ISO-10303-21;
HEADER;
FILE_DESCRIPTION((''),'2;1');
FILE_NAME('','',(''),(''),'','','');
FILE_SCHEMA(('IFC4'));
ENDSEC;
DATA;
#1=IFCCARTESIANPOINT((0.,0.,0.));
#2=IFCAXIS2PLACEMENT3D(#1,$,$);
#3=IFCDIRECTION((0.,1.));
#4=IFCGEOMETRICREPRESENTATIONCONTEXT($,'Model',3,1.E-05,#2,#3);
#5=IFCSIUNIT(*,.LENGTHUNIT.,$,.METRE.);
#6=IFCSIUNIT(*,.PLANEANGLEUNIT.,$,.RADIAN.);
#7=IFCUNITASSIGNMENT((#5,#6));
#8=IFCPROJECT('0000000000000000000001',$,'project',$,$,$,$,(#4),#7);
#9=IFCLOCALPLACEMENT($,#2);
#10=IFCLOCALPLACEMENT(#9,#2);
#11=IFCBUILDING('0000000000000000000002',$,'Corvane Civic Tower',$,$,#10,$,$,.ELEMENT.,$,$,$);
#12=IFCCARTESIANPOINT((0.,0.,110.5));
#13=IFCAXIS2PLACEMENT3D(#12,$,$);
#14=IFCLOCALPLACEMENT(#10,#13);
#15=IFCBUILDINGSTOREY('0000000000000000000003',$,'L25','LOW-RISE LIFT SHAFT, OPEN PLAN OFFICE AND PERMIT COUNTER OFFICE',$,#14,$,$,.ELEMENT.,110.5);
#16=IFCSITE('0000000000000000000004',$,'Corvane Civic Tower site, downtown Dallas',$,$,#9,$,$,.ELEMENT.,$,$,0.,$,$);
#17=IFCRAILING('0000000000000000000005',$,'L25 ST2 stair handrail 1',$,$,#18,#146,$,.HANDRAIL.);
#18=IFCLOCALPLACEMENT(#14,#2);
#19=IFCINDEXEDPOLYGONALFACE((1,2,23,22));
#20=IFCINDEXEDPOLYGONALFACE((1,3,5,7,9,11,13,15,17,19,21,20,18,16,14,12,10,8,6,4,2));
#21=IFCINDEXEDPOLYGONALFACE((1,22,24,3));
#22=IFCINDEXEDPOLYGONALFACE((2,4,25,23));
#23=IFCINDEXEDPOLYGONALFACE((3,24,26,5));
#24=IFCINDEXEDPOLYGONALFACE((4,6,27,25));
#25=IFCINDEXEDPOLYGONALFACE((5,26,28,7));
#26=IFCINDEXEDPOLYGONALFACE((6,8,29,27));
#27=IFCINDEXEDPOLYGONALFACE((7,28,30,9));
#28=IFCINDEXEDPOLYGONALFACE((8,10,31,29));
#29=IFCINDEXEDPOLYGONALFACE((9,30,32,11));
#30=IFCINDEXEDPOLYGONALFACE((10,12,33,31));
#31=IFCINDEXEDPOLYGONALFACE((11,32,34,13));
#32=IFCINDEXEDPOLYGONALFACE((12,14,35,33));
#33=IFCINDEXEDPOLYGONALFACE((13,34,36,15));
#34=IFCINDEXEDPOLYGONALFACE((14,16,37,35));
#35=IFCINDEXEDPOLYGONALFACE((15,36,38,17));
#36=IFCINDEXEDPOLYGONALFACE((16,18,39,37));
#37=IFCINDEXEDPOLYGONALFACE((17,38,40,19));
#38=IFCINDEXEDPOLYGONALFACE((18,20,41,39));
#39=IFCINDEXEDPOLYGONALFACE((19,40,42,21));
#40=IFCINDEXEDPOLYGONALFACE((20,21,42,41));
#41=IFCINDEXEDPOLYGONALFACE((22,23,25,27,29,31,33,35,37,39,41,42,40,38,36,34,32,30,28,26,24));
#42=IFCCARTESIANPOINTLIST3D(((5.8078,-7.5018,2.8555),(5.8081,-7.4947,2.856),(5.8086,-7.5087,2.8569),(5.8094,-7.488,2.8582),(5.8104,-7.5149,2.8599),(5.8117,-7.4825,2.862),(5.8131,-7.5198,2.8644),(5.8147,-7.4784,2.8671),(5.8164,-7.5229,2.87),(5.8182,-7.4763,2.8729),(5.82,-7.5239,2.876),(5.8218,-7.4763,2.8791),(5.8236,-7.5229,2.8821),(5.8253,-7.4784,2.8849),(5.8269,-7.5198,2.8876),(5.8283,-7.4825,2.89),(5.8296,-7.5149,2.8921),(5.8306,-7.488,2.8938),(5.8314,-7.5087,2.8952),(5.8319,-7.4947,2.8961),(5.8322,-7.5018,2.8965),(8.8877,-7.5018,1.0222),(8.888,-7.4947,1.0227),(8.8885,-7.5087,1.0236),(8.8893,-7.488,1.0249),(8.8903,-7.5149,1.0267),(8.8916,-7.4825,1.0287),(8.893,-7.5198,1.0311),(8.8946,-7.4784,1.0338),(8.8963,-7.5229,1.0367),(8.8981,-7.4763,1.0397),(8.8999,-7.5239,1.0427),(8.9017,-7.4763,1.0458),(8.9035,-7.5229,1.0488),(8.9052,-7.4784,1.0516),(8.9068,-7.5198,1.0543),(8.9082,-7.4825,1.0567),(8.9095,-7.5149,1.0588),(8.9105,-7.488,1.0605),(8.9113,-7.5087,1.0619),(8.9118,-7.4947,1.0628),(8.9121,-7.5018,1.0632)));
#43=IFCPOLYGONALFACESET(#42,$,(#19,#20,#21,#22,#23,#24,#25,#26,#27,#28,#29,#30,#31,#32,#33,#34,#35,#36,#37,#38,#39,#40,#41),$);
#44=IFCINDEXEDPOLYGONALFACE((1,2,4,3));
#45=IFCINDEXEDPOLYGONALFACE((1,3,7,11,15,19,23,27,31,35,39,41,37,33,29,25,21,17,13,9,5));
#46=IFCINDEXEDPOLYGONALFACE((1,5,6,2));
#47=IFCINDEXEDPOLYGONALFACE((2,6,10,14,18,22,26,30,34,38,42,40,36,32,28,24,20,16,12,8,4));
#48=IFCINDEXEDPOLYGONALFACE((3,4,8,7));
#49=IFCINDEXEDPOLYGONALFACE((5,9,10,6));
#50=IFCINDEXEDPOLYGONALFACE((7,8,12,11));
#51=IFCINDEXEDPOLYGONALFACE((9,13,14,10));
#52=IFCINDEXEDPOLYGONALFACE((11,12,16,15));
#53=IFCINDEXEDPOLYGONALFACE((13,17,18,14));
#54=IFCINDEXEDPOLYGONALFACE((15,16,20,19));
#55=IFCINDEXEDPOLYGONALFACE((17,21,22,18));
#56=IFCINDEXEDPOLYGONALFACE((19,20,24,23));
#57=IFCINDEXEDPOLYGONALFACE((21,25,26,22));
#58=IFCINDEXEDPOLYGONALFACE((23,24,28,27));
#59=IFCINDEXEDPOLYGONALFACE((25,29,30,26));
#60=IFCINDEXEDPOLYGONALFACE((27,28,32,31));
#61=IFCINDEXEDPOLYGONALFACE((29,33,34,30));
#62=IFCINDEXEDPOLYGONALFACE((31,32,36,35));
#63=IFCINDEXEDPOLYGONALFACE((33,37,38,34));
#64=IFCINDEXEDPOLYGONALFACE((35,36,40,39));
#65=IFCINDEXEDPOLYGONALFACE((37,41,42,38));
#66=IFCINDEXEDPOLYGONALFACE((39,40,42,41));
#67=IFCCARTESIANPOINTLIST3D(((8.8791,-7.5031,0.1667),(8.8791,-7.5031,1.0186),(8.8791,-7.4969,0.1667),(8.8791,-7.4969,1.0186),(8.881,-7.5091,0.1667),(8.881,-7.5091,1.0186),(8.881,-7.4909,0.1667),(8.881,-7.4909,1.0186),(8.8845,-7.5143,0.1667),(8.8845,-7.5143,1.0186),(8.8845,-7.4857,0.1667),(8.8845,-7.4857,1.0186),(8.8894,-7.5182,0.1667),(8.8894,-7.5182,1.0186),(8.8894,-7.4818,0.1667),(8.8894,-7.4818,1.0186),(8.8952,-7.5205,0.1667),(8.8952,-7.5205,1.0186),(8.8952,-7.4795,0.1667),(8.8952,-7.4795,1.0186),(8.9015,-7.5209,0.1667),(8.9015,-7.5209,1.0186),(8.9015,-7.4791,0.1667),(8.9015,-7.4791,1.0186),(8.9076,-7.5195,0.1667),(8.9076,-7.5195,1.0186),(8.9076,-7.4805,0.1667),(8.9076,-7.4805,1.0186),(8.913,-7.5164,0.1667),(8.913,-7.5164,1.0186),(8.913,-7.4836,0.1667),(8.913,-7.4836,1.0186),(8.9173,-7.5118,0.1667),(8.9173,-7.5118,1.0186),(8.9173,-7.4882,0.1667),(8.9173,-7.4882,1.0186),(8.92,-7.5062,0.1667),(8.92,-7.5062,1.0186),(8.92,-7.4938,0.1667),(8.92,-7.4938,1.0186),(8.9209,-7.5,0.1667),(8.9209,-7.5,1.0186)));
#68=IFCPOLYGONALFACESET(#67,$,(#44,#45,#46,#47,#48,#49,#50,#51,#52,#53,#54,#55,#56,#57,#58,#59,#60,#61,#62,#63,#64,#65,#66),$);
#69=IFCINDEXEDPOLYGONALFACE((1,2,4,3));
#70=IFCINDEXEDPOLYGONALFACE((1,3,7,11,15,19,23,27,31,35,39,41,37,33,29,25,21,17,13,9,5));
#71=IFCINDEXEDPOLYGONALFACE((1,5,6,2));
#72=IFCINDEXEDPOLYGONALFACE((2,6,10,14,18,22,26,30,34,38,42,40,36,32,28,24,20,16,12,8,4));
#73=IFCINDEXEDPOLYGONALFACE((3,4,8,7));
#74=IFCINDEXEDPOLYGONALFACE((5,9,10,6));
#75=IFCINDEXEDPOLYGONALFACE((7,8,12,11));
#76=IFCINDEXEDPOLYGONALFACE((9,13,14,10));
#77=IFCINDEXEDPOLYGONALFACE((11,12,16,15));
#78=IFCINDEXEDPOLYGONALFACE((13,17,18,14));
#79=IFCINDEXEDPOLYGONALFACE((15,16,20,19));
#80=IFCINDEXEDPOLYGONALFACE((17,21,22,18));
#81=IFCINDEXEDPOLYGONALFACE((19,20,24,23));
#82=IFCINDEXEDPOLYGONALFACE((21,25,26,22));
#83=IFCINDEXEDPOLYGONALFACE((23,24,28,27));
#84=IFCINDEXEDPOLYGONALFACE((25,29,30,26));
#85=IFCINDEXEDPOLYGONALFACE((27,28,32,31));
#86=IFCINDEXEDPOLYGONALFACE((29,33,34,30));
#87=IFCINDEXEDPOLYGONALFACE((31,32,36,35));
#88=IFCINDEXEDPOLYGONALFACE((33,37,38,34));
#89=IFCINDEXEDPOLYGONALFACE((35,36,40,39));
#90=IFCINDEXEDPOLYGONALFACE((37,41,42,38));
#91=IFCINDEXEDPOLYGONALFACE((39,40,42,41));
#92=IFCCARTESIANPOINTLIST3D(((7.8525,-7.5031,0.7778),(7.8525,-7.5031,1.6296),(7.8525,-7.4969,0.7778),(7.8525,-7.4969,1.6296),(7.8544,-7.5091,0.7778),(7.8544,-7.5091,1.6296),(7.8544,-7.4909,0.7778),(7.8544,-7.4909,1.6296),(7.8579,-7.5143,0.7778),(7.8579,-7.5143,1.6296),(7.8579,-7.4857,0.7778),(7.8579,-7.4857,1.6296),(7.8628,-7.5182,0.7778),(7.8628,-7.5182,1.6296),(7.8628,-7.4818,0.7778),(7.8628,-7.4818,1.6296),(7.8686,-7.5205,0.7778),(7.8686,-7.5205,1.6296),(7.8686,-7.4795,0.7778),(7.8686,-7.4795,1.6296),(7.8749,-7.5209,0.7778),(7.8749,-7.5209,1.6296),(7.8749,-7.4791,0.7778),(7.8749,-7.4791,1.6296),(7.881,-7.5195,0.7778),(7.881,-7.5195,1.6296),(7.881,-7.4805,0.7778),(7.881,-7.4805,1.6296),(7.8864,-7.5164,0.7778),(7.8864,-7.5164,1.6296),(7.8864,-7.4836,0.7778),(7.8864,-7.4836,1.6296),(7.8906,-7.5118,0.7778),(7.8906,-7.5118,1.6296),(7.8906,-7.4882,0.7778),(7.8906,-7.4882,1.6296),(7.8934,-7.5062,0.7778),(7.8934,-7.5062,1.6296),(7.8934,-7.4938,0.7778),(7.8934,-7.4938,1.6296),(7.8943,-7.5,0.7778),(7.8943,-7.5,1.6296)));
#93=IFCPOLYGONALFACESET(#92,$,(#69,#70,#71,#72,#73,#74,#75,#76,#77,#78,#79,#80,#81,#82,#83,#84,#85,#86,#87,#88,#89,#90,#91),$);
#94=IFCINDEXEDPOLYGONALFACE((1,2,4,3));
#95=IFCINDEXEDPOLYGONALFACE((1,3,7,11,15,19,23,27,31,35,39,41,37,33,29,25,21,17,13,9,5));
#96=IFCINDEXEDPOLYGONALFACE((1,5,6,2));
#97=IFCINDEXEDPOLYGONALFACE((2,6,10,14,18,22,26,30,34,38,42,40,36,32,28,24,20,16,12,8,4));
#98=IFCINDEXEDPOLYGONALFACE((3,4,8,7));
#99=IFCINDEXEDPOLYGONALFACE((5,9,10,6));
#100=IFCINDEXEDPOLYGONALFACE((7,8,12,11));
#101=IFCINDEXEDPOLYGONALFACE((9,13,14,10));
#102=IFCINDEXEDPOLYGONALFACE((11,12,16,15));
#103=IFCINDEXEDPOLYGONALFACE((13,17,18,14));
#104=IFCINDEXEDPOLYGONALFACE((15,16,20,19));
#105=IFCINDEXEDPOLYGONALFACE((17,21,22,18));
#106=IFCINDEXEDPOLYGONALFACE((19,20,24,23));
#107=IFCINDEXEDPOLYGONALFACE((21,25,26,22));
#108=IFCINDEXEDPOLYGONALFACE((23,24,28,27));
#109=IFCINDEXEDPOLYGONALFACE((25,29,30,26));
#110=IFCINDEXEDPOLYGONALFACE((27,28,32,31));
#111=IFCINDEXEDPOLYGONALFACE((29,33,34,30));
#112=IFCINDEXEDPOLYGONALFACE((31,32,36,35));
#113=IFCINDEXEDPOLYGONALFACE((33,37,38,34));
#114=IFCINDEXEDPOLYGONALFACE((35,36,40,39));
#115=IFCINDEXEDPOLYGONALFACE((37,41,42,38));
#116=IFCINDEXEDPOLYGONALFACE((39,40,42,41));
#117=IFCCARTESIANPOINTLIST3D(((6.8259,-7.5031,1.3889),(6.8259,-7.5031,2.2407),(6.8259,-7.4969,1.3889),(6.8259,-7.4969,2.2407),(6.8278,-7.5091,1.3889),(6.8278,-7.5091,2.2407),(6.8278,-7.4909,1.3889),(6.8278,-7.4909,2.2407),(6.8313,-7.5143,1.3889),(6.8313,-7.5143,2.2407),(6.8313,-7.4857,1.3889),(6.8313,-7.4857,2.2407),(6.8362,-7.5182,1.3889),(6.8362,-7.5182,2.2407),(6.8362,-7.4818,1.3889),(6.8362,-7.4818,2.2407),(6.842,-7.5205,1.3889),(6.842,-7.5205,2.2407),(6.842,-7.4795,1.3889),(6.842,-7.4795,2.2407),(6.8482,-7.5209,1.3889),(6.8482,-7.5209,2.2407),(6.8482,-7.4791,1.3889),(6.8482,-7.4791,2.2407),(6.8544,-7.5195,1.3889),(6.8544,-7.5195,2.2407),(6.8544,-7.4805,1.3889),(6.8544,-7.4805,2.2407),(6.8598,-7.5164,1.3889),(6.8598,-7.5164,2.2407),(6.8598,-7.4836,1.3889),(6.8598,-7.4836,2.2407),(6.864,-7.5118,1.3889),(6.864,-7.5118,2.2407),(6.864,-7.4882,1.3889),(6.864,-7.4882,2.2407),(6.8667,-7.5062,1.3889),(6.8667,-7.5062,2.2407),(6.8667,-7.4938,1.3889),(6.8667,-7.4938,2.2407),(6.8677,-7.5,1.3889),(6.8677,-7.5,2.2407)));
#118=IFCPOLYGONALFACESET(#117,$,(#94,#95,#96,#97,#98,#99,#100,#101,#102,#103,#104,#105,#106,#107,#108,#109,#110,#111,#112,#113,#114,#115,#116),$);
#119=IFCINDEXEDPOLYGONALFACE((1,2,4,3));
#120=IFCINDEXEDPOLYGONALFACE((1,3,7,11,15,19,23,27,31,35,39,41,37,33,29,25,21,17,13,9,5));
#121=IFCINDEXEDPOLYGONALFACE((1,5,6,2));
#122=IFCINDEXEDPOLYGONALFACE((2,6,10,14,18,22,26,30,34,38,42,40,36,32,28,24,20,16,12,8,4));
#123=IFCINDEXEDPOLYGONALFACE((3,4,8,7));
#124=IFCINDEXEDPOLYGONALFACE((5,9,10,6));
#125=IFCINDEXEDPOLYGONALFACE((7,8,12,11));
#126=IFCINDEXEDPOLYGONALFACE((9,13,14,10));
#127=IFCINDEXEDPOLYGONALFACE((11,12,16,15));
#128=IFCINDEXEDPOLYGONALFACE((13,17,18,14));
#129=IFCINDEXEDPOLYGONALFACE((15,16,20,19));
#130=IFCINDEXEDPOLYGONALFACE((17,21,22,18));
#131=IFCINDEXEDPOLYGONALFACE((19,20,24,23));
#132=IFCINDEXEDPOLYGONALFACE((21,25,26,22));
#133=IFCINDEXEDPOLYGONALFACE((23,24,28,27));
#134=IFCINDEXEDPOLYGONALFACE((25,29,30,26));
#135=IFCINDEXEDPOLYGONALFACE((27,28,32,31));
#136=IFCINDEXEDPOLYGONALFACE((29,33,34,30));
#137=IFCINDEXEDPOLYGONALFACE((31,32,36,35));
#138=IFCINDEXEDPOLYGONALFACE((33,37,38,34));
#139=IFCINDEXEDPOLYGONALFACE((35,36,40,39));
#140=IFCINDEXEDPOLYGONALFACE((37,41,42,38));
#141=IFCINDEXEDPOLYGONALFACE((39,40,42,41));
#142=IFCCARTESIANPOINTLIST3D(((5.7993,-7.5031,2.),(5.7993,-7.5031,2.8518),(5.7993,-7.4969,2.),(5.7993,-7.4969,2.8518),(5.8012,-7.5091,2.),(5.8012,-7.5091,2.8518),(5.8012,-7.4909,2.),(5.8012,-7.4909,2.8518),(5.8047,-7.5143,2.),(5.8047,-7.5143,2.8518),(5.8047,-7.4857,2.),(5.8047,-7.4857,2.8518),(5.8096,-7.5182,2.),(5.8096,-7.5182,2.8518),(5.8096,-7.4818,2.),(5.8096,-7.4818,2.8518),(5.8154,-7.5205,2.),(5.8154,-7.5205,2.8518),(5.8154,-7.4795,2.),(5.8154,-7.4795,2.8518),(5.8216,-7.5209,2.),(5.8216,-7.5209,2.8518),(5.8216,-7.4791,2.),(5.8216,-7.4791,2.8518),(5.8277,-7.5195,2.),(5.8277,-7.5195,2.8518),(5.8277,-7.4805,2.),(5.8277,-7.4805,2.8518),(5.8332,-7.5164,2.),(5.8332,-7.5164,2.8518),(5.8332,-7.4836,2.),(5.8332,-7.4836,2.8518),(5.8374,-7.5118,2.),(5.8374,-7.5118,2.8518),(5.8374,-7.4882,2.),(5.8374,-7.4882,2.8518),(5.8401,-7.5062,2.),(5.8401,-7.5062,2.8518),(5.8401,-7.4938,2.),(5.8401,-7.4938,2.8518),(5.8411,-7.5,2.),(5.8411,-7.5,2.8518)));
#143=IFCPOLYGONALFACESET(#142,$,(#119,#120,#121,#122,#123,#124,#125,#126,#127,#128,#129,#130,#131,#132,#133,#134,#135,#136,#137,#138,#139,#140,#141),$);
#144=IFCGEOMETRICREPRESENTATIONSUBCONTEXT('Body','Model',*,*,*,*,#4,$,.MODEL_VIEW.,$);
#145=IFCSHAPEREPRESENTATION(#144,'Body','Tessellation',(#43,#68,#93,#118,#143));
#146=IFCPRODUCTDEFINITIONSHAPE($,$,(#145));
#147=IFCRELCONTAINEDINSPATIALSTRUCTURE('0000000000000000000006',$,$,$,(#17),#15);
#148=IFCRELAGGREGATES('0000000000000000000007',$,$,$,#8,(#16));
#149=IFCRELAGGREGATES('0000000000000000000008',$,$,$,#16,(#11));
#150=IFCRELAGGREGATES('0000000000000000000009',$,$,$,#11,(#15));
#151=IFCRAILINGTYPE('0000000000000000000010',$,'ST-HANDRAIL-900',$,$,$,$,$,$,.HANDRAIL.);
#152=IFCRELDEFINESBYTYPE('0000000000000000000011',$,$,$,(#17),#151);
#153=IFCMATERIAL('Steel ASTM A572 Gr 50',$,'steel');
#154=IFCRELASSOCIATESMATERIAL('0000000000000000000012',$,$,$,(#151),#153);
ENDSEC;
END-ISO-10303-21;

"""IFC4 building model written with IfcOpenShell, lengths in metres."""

from ifc_helpers import new_model, si_unit, direction, frame, origin, origin_2d, place, context, subcontext, project, spatial, circle, extrude, material, type_object, element, save


model = new_model("IFC4")

# Units and contexts
model_context = context("Model", 3, precision=1e-05, world=origin(), true_north=direction((0.0, 1.0)))
body_context = subcontext(model_context, "Body", "Model", "MODEL_VIEW")
ifc_project = project(units=[si_unit("LENGTHUNIT", "METRE"), si_unit("PLANEANGLEUNIT", "RADIAN")], contexts=[model_context])

# Site, building, storey
site_placement = place(None, origin())
site = spatial("IfcSite", under=ifc_project, at=site_placement, Name="Corvane Civic Tower site, downtown Dallas", CompositionType="ELEMENT", RefElevation=0.0)
building_placement = place(site_placement, origin())
building = spatial("IfcBuilding", under=site, at=building_placement, Name="Corvane Civic Tower", CompositionType="ELEMENT")
storey_placement = place(building_placement, frame((0.0, 0.0, 110.5)))
storey = spatial("IfcBuildingStorey", under=building, at=storey_placement, Name="L25", Description="LOW-RISE LIFT SHAFT, OPEN PLAN OFFICE AND PERMIT COUNTER OFFICE", CompositionType="ELEMENT", Elevation=110.5)

# Railing
ifc_material_1 = material(Name="Steel ASTM A572 Gr 50", Category="steel")
railing_type_1 = type_object("IfcRailingType", Name="ST-HANDRAIL-900", PredefinedType="HANDRAIL", material=ifc_material_1)
railing_1_placement = place(storey_placement, frame((8.8999, -7.5, 0.1667)))
element("IfcRailing", 1, at=railing_1_placement, inside=storey, type_object=railing_type_1, Name="L25 ST2 stair handrail 1", PredefinedType="HANDRAIL", context=body_context, shape_type="SweptSolid", body=[
    extrude(circle(Radius=0.0239, at=origin_2d()), frame((0.0, 0.0, 0.876), z_axis=(-0.859291, 0.0, 0.511487), x_axis=(0.0, -1.0, 0.0)), (0.0, 0.0, 1.0), 3.5842),
    extrude(circle(Radius=0.021, at=origin_2d()), origin(), (0.0, 0.0, 1.0), 0.8518),
    extrude(circle(Radius=0.021, at=origin_2d()), frame((-1.0266, 0.0, 0.6111)), (0.0, 0.0, 1.0), 0.8518),
    extrude(circle(Radius=0.021, at=origin_2d()), frame((-2.0532, 0.0, 1.2222)), (0.0, 0.0, 1.0), 0.8518),
    extrude(circle(Radius=0.021, at=origin_2d()), frame((-3.0798, 0.0, 1.8333)), (0.0, 0.0, 1.0), 0.8518),
])

save(model, "model.ifc")
